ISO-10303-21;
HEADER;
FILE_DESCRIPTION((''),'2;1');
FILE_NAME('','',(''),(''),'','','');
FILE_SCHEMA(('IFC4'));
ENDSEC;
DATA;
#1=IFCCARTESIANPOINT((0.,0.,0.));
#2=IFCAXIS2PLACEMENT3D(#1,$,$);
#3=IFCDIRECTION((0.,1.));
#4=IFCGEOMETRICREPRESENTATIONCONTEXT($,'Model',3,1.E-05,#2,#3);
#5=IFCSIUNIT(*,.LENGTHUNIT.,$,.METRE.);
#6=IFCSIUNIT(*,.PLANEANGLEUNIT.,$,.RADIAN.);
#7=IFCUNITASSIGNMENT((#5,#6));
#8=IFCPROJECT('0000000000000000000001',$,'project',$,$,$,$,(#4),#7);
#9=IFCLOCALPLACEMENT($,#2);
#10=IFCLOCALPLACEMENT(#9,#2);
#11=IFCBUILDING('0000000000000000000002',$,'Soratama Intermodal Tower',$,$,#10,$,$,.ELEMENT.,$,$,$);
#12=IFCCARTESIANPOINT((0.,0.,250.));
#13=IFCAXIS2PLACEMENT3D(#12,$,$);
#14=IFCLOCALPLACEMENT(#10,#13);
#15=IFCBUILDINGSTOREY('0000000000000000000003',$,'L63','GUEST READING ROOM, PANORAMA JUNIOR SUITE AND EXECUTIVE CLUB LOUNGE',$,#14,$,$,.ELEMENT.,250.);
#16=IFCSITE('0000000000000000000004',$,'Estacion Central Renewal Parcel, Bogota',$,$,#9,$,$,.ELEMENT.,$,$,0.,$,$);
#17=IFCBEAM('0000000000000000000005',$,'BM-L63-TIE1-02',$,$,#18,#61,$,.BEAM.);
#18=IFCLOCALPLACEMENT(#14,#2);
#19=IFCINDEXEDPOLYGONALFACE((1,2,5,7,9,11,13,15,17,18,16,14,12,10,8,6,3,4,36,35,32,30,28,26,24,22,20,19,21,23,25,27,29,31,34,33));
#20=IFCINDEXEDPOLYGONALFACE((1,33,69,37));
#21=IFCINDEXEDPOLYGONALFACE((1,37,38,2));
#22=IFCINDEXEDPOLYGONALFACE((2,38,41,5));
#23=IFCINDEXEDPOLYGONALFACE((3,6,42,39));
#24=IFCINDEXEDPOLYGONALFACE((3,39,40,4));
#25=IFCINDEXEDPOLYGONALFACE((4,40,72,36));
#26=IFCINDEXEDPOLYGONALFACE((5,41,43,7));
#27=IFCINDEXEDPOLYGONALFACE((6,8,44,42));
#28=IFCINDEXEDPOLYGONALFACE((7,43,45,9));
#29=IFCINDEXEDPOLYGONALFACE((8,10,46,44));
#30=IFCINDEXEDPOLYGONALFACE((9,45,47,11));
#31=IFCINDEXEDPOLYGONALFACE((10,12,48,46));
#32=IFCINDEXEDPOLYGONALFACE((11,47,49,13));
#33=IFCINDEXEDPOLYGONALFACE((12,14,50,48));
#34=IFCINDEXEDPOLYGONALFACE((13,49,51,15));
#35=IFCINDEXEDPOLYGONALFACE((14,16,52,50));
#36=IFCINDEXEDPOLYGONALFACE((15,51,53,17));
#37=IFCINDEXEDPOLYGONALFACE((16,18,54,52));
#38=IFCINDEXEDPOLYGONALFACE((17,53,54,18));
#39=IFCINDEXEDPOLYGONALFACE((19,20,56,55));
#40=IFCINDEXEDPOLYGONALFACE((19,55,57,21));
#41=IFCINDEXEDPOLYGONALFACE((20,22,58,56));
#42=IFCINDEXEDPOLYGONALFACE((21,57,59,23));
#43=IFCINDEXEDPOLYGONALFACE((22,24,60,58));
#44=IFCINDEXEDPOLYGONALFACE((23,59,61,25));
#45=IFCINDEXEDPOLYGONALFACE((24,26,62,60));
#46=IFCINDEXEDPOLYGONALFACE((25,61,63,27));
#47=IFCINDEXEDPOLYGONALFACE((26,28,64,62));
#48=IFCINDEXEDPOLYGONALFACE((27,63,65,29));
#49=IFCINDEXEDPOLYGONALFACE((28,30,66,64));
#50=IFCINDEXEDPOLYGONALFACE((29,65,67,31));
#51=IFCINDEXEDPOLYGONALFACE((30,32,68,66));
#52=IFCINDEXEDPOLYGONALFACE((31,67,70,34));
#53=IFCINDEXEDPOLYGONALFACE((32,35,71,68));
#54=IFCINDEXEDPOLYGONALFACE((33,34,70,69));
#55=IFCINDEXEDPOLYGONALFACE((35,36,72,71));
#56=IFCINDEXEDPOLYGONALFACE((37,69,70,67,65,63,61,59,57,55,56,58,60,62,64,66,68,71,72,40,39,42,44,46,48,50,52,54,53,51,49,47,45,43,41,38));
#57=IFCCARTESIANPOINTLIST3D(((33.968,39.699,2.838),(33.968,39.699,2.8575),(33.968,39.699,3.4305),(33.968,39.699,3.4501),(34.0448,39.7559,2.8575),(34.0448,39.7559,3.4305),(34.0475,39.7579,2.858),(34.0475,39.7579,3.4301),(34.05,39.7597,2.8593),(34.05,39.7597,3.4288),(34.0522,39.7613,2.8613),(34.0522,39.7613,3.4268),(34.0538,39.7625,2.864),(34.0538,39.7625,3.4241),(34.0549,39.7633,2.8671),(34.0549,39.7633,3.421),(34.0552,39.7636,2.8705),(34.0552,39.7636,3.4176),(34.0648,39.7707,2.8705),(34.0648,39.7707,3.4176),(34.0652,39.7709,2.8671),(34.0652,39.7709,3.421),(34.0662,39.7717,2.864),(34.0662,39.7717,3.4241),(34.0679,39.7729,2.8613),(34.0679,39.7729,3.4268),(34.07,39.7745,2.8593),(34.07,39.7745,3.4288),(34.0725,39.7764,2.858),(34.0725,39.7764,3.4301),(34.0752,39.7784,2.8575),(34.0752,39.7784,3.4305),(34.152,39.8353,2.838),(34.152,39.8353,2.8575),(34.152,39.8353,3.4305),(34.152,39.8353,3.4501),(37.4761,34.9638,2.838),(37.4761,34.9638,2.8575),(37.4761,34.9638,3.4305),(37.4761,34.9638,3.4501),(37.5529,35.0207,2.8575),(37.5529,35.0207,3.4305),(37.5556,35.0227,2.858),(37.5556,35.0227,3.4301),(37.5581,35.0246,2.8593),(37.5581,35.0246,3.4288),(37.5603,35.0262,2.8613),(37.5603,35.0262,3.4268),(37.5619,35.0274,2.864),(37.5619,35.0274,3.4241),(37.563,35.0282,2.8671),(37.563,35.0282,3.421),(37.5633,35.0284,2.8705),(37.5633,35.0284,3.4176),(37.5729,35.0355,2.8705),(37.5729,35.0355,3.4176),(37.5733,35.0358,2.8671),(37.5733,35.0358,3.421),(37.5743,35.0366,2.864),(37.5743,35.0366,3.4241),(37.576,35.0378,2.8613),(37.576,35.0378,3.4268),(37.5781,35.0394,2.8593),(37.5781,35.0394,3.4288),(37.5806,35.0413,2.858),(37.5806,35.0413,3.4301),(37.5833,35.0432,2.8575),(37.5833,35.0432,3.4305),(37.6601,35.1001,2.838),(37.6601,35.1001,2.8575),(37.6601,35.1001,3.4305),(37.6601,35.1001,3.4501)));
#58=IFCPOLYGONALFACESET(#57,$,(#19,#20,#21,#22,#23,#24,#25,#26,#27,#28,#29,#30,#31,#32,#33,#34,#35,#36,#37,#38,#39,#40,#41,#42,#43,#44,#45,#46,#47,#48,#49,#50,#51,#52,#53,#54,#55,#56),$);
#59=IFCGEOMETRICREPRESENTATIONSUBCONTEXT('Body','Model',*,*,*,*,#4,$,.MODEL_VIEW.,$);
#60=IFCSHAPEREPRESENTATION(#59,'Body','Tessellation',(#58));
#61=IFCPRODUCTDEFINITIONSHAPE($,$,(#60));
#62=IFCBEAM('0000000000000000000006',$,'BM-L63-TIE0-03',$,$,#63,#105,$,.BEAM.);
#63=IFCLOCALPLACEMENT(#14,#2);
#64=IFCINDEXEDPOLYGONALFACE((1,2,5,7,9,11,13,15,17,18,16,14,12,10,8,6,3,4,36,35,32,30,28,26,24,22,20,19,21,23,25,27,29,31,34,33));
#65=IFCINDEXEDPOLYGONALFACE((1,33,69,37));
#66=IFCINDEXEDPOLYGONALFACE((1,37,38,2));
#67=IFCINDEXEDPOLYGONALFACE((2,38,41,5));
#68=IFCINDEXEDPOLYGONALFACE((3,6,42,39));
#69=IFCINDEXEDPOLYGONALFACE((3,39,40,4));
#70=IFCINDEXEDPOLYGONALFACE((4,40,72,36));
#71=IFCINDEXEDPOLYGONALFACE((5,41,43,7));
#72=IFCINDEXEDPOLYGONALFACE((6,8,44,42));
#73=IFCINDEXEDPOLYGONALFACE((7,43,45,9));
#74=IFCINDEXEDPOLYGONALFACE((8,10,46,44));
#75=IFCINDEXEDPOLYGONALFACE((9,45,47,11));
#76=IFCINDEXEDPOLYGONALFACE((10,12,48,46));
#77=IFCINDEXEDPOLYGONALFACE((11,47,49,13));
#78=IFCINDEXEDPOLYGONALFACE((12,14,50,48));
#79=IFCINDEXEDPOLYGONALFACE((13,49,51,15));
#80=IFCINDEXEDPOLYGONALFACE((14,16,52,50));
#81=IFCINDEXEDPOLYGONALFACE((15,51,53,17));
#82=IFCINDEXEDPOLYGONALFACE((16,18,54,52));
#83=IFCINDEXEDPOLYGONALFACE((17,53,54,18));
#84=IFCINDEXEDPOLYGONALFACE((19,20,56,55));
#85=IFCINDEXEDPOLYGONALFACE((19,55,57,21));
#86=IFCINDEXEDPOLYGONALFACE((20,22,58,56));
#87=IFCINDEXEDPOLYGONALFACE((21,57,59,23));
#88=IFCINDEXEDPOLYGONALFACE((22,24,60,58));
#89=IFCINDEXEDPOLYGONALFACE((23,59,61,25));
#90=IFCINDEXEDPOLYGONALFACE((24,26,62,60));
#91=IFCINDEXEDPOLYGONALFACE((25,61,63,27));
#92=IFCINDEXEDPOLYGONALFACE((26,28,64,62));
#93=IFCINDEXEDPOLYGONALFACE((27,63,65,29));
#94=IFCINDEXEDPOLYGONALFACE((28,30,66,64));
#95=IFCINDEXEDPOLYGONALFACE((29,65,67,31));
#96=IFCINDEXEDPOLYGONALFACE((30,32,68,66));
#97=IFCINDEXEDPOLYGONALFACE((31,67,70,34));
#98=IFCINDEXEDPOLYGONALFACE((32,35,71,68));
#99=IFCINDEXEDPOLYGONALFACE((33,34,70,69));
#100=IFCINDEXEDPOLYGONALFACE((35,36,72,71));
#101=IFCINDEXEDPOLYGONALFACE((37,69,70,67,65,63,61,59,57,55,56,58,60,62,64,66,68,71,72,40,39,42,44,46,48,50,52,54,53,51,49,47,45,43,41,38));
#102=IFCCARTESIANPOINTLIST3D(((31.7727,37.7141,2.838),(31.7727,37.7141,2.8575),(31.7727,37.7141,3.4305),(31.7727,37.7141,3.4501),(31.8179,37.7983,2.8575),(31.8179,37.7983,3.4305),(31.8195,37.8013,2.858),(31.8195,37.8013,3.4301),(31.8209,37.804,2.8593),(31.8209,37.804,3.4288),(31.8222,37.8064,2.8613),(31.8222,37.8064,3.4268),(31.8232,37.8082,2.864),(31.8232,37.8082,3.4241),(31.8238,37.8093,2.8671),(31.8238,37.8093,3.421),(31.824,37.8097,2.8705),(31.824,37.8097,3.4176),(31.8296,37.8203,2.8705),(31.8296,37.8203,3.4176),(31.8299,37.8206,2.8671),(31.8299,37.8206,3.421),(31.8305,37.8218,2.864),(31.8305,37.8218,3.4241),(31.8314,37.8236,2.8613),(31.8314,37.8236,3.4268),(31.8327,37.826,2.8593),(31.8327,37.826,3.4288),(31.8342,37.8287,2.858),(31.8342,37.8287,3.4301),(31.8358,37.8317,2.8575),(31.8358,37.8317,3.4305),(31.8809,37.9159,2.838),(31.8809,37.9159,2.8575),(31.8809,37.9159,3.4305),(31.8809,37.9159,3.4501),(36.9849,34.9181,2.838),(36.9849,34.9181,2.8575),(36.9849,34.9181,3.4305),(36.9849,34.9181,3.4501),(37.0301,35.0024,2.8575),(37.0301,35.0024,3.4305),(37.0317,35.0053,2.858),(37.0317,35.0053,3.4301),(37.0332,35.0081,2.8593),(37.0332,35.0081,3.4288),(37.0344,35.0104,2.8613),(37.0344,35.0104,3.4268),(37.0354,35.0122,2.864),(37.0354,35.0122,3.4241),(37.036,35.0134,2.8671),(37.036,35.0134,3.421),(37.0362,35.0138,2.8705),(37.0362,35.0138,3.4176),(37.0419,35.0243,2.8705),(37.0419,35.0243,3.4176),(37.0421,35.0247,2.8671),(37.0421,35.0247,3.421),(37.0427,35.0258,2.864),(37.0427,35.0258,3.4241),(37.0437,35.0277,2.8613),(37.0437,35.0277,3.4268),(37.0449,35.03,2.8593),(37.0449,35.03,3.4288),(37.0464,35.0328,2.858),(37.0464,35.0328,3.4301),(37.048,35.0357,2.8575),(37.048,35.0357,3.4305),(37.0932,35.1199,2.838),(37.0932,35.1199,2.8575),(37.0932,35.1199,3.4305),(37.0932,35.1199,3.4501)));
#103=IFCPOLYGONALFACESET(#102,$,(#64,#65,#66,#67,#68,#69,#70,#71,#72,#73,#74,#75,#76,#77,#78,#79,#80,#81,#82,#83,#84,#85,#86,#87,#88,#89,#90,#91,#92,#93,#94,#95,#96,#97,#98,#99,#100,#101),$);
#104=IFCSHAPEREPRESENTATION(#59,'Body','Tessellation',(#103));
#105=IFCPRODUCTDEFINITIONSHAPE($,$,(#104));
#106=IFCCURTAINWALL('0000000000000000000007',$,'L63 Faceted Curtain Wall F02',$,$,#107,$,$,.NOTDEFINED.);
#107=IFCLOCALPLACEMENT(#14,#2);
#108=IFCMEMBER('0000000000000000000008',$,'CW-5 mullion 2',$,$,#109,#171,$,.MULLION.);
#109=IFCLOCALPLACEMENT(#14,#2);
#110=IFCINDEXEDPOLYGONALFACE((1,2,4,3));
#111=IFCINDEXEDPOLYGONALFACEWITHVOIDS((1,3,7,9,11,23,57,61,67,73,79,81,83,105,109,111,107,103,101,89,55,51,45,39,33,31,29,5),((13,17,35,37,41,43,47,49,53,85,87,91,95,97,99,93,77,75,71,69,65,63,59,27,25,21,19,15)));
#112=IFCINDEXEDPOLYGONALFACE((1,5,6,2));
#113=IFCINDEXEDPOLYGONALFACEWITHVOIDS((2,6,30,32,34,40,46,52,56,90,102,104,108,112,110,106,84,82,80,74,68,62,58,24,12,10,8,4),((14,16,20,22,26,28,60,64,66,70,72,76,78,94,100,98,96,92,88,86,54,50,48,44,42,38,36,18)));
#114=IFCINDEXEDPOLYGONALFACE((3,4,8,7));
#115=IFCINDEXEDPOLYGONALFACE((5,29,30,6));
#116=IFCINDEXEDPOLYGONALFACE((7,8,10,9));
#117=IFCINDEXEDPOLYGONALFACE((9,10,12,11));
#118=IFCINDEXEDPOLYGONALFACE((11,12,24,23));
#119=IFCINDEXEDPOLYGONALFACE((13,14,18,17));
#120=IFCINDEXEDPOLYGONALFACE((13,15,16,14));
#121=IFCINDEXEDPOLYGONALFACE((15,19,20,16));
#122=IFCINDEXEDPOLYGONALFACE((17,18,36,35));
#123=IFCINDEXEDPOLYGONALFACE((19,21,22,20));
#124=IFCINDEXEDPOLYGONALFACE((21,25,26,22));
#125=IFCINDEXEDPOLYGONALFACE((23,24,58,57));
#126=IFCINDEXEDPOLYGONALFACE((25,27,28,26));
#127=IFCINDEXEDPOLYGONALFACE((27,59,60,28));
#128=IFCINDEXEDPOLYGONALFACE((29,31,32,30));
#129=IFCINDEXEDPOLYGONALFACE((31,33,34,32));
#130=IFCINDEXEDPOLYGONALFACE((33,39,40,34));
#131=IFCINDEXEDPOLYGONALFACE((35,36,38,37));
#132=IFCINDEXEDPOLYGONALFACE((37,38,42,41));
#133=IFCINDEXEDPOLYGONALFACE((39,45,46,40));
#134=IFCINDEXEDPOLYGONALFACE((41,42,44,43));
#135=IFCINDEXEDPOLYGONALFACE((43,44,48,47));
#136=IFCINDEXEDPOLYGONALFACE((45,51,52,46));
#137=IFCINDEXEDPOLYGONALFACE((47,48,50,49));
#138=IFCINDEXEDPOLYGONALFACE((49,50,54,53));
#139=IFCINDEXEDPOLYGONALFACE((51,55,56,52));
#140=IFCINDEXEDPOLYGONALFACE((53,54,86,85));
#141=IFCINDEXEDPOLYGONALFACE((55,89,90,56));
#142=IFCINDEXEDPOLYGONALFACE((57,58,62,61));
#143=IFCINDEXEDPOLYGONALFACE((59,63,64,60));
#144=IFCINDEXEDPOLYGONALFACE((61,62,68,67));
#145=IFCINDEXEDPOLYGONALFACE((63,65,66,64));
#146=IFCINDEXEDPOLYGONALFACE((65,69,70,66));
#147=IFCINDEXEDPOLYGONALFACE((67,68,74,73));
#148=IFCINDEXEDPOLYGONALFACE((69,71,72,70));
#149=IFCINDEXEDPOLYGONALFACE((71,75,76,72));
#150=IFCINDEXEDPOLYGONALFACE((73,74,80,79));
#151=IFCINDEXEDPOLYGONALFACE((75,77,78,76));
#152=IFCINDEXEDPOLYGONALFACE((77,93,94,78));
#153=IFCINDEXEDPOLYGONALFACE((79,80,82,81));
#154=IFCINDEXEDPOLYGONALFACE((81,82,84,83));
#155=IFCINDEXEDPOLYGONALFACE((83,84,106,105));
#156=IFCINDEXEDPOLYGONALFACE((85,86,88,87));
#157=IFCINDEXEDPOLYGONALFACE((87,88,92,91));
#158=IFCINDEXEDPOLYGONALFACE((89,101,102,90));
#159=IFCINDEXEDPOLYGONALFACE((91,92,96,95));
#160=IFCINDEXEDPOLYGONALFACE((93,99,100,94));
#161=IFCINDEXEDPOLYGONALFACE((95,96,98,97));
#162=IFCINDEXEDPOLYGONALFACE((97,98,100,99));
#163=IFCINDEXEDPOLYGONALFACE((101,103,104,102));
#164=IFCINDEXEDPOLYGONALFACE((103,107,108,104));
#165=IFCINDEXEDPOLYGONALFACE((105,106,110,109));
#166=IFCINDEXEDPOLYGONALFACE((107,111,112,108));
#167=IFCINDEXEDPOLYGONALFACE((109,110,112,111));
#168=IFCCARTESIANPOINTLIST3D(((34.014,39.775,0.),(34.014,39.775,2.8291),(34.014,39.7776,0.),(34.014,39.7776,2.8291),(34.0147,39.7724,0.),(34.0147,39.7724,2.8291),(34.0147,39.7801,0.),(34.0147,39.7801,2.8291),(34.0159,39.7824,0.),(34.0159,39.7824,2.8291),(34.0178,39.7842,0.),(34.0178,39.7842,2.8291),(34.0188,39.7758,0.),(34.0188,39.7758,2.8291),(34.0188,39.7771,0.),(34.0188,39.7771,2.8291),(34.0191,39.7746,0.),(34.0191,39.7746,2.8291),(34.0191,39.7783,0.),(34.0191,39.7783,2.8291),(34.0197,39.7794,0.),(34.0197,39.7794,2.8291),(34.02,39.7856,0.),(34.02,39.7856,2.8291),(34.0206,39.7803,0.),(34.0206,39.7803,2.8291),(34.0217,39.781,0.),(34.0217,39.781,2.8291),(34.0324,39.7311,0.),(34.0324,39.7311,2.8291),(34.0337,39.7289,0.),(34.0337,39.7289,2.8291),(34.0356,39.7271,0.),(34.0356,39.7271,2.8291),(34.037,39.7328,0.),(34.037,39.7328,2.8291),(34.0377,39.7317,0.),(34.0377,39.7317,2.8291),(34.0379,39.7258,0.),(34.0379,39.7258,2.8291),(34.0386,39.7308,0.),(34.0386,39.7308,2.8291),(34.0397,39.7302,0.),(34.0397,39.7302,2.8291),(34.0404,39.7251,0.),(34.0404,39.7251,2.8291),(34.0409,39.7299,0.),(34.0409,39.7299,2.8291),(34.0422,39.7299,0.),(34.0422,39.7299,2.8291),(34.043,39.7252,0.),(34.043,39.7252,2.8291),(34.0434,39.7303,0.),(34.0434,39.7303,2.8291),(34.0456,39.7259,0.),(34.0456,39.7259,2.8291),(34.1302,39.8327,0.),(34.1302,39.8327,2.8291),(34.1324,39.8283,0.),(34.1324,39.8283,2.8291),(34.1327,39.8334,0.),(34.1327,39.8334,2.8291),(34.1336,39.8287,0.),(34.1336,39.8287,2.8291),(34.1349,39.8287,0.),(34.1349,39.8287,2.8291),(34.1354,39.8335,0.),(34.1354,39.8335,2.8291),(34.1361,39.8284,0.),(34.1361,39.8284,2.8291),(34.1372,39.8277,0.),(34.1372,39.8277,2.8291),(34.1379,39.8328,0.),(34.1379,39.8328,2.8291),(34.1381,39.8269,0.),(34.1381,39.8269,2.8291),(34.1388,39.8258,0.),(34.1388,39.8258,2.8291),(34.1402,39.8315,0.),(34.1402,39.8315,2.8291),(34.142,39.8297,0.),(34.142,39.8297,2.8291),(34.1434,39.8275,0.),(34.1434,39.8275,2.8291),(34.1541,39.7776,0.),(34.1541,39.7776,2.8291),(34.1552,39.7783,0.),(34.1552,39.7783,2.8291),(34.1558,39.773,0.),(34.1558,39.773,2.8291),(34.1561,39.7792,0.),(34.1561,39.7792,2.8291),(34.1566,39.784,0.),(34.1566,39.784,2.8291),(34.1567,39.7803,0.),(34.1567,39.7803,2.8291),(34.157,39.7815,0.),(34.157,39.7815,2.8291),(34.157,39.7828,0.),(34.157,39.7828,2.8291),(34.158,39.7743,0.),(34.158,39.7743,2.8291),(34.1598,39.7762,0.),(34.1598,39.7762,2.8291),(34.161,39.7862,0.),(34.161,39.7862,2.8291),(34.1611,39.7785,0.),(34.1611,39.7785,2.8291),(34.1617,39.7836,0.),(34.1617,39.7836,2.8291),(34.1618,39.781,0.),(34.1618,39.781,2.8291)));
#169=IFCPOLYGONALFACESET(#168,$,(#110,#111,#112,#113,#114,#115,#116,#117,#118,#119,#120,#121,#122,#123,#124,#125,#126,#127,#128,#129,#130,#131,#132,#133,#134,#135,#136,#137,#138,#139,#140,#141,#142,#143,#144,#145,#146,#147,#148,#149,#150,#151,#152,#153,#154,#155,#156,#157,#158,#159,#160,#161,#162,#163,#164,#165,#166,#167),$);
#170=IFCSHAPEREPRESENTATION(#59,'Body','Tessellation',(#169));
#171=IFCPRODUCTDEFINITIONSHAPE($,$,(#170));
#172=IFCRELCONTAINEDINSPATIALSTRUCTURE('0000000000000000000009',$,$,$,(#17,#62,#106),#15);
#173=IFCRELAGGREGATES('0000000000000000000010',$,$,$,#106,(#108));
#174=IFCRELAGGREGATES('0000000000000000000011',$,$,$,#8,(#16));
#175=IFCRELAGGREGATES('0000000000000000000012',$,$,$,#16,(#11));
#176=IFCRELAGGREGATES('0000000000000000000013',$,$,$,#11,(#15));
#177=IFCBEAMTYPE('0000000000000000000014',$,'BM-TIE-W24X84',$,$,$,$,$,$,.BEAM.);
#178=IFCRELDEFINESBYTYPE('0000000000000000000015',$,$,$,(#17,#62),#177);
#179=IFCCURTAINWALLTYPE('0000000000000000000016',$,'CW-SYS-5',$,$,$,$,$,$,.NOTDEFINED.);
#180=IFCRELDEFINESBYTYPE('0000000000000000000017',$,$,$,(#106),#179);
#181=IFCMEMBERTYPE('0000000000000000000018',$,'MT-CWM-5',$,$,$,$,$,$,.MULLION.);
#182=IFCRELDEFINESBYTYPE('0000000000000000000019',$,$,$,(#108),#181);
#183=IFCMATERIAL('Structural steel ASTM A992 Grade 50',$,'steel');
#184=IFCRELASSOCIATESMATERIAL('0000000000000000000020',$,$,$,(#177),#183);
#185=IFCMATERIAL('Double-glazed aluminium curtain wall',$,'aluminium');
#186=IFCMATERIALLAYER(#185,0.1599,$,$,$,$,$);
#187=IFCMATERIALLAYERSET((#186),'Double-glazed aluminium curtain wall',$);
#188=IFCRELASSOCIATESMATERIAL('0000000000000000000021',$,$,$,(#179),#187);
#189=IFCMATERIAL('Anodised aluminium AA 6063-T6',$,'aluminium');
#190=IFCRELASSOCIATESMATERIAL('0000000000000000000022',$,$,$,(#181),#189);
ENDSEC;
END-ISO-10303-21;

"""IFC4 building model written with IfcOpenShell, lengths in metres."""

from ifc_helpers import new_model, si_unit, direction, frame, origin, origin_2d, place, context, subcontext, project, spatial, hollow_rectangle, i_section, extrude, material, layer, layer_set, material_profile, profile_set, type_object, element, aggregate, save


model = new_model("IFC4")

# Units and contexts
model_context = context("Model", 3, precision=1e-05, world=origin(), true_north=direction((0.0, 1.0)))
body_context = subcontext(model_context, "Body", "Model", "MODEL_VIEW")
ifc_project = project(units=[si_unit("LENGTHUNIT", "METRE"), si_unit("PLANEANGLEUNIT", "RADIAN")], contexts=[model_context])

# Site, building, storey
site_placement = place(None, origin())
site = spatial("IfcSite", under=ifc_project, at=site_placement, Name="Estacion Central Renewal Parcel, Bogota", CompositionType="ELEMENT", RefElevation=0.0)
building_placement = place(site_placement, origin())
building = spatial("IfcBuilding", under=site, at=building_placement, Name="Soratama Intermodal Tower", CompositionType="ELEMENT")
storey_placement = place(building_placement, frame((0.0, 0.0, 250.0)))
storey = spatial("IfcBuildingStorey", under=building, at=storey_placement, Name="L63", Description="GUEST READING ROOM, PANORAMA JUNIOR SUITE AND EXECUTIVE CLUB LOUNGE", CompositionType="ELEMENT", Elevation=250.0)

# Beams
ifc_material_1 = material(Name="Structural steel ASTM A992 Grade 50", Category="steel")
ifc_material_profile_1 = material_profile(ifc_material_1, i_section(OverallWidth=0.229, OverallDepth=0.6121, WebThickness=0.012, FlangeThickness=0.0195, FilletRadius=0.0129, at=origin_2d()), Name="W24X84")
ifc_profile_set_1 = profile_set([ifc_material_profile_1], Name="Structural steel ASTM A992 Grade 50")
beam_type_1 = type_object("IfcBeamType", Name="BM-TIE-W24X84", PredefinedType="BEAM", material=ifc_profile_set_1)
beam_1_placement = place(storey_placement, frame((37.5681, 35.032, 3.144), z_axis=(-0.59529, 0.803511, 0.0), x_axis=(-0.803511, -0.59529, 0.0)))
element("IfcBeam", 1, at=beam_1_placement, inside=storey, type_object=beam_type_1, Name="BM-L63-TIE1-02", PredefinedType="BEAM", context=body_context, shape_type="SweptSolid", body=[
    extrude(i_section(OverallWidth=0.229, OverallDepth=0.6121, WebThickness=0.012, FlangeThickness=0.0195, FilletRadius=0.0129, at=origin_2d()), origin(), (0.0, 0.0, 1.0), 5.8931),
])
beam_2_placement = place(storey_placement, frame((37.0391, 35.019, 3.144), z_axis=(-0.881221, 0.472704, 0.0), x_axis=(-0.472704, -0.881221, 0.0)))
element("IfcBeam", 2, at=beam_2_placement, inside=storey, type_object=beam_type_1, Name="BM-L63-TIE0-03", PredefinedType="BEAM", context=body_context, shape_type="SweptSolid", body=[
    extrude(i_section(OverallWidth=0.229, OverallDepth=0.6121, WebThickness=0.012, FlangeThickness=0.0195, FilletRadius=0.0129, at=origin_2d()), origin(), (0.0, 0.0, 1.0), 5.9148),
])

# Curtain wall, member
ifc_material_2 = material(Name="Double-glazed aluminium curtain wall", Category="aluminium")
ifc_layer_1 = layer(ifc_material_2, 0.1599)
ifc_layer_set_1 = layer_set([ifc_layer_1], Name="Double-glazed aluminium curtain wall")
curtain_wall_type = type_object("IfcCurtainWallType", Name="CW-SYS-5", PredefinedType="NOTDEFINED", material=ifc_layer_set_1)
curtain_wall_1_placement = place(storey_placement, origin())
curtain_wall_1 = element("IfcCurtainWall", 3, at=curtain_wall_1_placement, inside=storey, type_object=curtain_wall_type, Name="L63 Faceted Curtain Wall F02", PredefinedType="NOTDEFINED")
ifc_material_3 = material(Name="Anodised aluminium AA 6063-T6", Category="aluminium")
ifc_material_profile_2 = material_profile(ifc_material_3, hollow_rectangle(XDim=0.0649, YDim=0.1399, WallThickness=0.0049, InnerFilletRadius=0.0049, OuterFilletRadius=0.01, at=origin_2d()), Name="CWM140X65X5")
ifc_profile_set_2 = profile_set([ifc_material_profile_2], Name="Anodised aluminium AA 6063-T6")
member_type_1 = type_object("IfcMemberType", Name="MT-CWM-5", PredefinedType="MULLION", material=ifc_profile_set_2)
member_1_placement = place(storey_placement, frame((34.0879, 39.7793, 0.0), z_axis=(0.0, 0.0, 1.0), x_axis=(0.393299, -0.919411, 0.0)))
member_1 = element("IfcMember", 4, at=member_1_placement, type_object=member_type_1, Name="CW-5 mullion 2", PredefinedType="MULLION", context=body_context, shape_type="SweptSolid", body=[
    extrude(hollow_rectangle(XDim=0.0649, YDim=0.1399, WallThickness=0.0049, InnerFilletRadius=0.0049, OuterFilletRadius=0.01, at=origin_2d()), origin(), (0.0, 0.0, 1.0), 2.8291),
])

aggregate(curtain_wall_1, [member_1])

save(model, "model.ifc")
